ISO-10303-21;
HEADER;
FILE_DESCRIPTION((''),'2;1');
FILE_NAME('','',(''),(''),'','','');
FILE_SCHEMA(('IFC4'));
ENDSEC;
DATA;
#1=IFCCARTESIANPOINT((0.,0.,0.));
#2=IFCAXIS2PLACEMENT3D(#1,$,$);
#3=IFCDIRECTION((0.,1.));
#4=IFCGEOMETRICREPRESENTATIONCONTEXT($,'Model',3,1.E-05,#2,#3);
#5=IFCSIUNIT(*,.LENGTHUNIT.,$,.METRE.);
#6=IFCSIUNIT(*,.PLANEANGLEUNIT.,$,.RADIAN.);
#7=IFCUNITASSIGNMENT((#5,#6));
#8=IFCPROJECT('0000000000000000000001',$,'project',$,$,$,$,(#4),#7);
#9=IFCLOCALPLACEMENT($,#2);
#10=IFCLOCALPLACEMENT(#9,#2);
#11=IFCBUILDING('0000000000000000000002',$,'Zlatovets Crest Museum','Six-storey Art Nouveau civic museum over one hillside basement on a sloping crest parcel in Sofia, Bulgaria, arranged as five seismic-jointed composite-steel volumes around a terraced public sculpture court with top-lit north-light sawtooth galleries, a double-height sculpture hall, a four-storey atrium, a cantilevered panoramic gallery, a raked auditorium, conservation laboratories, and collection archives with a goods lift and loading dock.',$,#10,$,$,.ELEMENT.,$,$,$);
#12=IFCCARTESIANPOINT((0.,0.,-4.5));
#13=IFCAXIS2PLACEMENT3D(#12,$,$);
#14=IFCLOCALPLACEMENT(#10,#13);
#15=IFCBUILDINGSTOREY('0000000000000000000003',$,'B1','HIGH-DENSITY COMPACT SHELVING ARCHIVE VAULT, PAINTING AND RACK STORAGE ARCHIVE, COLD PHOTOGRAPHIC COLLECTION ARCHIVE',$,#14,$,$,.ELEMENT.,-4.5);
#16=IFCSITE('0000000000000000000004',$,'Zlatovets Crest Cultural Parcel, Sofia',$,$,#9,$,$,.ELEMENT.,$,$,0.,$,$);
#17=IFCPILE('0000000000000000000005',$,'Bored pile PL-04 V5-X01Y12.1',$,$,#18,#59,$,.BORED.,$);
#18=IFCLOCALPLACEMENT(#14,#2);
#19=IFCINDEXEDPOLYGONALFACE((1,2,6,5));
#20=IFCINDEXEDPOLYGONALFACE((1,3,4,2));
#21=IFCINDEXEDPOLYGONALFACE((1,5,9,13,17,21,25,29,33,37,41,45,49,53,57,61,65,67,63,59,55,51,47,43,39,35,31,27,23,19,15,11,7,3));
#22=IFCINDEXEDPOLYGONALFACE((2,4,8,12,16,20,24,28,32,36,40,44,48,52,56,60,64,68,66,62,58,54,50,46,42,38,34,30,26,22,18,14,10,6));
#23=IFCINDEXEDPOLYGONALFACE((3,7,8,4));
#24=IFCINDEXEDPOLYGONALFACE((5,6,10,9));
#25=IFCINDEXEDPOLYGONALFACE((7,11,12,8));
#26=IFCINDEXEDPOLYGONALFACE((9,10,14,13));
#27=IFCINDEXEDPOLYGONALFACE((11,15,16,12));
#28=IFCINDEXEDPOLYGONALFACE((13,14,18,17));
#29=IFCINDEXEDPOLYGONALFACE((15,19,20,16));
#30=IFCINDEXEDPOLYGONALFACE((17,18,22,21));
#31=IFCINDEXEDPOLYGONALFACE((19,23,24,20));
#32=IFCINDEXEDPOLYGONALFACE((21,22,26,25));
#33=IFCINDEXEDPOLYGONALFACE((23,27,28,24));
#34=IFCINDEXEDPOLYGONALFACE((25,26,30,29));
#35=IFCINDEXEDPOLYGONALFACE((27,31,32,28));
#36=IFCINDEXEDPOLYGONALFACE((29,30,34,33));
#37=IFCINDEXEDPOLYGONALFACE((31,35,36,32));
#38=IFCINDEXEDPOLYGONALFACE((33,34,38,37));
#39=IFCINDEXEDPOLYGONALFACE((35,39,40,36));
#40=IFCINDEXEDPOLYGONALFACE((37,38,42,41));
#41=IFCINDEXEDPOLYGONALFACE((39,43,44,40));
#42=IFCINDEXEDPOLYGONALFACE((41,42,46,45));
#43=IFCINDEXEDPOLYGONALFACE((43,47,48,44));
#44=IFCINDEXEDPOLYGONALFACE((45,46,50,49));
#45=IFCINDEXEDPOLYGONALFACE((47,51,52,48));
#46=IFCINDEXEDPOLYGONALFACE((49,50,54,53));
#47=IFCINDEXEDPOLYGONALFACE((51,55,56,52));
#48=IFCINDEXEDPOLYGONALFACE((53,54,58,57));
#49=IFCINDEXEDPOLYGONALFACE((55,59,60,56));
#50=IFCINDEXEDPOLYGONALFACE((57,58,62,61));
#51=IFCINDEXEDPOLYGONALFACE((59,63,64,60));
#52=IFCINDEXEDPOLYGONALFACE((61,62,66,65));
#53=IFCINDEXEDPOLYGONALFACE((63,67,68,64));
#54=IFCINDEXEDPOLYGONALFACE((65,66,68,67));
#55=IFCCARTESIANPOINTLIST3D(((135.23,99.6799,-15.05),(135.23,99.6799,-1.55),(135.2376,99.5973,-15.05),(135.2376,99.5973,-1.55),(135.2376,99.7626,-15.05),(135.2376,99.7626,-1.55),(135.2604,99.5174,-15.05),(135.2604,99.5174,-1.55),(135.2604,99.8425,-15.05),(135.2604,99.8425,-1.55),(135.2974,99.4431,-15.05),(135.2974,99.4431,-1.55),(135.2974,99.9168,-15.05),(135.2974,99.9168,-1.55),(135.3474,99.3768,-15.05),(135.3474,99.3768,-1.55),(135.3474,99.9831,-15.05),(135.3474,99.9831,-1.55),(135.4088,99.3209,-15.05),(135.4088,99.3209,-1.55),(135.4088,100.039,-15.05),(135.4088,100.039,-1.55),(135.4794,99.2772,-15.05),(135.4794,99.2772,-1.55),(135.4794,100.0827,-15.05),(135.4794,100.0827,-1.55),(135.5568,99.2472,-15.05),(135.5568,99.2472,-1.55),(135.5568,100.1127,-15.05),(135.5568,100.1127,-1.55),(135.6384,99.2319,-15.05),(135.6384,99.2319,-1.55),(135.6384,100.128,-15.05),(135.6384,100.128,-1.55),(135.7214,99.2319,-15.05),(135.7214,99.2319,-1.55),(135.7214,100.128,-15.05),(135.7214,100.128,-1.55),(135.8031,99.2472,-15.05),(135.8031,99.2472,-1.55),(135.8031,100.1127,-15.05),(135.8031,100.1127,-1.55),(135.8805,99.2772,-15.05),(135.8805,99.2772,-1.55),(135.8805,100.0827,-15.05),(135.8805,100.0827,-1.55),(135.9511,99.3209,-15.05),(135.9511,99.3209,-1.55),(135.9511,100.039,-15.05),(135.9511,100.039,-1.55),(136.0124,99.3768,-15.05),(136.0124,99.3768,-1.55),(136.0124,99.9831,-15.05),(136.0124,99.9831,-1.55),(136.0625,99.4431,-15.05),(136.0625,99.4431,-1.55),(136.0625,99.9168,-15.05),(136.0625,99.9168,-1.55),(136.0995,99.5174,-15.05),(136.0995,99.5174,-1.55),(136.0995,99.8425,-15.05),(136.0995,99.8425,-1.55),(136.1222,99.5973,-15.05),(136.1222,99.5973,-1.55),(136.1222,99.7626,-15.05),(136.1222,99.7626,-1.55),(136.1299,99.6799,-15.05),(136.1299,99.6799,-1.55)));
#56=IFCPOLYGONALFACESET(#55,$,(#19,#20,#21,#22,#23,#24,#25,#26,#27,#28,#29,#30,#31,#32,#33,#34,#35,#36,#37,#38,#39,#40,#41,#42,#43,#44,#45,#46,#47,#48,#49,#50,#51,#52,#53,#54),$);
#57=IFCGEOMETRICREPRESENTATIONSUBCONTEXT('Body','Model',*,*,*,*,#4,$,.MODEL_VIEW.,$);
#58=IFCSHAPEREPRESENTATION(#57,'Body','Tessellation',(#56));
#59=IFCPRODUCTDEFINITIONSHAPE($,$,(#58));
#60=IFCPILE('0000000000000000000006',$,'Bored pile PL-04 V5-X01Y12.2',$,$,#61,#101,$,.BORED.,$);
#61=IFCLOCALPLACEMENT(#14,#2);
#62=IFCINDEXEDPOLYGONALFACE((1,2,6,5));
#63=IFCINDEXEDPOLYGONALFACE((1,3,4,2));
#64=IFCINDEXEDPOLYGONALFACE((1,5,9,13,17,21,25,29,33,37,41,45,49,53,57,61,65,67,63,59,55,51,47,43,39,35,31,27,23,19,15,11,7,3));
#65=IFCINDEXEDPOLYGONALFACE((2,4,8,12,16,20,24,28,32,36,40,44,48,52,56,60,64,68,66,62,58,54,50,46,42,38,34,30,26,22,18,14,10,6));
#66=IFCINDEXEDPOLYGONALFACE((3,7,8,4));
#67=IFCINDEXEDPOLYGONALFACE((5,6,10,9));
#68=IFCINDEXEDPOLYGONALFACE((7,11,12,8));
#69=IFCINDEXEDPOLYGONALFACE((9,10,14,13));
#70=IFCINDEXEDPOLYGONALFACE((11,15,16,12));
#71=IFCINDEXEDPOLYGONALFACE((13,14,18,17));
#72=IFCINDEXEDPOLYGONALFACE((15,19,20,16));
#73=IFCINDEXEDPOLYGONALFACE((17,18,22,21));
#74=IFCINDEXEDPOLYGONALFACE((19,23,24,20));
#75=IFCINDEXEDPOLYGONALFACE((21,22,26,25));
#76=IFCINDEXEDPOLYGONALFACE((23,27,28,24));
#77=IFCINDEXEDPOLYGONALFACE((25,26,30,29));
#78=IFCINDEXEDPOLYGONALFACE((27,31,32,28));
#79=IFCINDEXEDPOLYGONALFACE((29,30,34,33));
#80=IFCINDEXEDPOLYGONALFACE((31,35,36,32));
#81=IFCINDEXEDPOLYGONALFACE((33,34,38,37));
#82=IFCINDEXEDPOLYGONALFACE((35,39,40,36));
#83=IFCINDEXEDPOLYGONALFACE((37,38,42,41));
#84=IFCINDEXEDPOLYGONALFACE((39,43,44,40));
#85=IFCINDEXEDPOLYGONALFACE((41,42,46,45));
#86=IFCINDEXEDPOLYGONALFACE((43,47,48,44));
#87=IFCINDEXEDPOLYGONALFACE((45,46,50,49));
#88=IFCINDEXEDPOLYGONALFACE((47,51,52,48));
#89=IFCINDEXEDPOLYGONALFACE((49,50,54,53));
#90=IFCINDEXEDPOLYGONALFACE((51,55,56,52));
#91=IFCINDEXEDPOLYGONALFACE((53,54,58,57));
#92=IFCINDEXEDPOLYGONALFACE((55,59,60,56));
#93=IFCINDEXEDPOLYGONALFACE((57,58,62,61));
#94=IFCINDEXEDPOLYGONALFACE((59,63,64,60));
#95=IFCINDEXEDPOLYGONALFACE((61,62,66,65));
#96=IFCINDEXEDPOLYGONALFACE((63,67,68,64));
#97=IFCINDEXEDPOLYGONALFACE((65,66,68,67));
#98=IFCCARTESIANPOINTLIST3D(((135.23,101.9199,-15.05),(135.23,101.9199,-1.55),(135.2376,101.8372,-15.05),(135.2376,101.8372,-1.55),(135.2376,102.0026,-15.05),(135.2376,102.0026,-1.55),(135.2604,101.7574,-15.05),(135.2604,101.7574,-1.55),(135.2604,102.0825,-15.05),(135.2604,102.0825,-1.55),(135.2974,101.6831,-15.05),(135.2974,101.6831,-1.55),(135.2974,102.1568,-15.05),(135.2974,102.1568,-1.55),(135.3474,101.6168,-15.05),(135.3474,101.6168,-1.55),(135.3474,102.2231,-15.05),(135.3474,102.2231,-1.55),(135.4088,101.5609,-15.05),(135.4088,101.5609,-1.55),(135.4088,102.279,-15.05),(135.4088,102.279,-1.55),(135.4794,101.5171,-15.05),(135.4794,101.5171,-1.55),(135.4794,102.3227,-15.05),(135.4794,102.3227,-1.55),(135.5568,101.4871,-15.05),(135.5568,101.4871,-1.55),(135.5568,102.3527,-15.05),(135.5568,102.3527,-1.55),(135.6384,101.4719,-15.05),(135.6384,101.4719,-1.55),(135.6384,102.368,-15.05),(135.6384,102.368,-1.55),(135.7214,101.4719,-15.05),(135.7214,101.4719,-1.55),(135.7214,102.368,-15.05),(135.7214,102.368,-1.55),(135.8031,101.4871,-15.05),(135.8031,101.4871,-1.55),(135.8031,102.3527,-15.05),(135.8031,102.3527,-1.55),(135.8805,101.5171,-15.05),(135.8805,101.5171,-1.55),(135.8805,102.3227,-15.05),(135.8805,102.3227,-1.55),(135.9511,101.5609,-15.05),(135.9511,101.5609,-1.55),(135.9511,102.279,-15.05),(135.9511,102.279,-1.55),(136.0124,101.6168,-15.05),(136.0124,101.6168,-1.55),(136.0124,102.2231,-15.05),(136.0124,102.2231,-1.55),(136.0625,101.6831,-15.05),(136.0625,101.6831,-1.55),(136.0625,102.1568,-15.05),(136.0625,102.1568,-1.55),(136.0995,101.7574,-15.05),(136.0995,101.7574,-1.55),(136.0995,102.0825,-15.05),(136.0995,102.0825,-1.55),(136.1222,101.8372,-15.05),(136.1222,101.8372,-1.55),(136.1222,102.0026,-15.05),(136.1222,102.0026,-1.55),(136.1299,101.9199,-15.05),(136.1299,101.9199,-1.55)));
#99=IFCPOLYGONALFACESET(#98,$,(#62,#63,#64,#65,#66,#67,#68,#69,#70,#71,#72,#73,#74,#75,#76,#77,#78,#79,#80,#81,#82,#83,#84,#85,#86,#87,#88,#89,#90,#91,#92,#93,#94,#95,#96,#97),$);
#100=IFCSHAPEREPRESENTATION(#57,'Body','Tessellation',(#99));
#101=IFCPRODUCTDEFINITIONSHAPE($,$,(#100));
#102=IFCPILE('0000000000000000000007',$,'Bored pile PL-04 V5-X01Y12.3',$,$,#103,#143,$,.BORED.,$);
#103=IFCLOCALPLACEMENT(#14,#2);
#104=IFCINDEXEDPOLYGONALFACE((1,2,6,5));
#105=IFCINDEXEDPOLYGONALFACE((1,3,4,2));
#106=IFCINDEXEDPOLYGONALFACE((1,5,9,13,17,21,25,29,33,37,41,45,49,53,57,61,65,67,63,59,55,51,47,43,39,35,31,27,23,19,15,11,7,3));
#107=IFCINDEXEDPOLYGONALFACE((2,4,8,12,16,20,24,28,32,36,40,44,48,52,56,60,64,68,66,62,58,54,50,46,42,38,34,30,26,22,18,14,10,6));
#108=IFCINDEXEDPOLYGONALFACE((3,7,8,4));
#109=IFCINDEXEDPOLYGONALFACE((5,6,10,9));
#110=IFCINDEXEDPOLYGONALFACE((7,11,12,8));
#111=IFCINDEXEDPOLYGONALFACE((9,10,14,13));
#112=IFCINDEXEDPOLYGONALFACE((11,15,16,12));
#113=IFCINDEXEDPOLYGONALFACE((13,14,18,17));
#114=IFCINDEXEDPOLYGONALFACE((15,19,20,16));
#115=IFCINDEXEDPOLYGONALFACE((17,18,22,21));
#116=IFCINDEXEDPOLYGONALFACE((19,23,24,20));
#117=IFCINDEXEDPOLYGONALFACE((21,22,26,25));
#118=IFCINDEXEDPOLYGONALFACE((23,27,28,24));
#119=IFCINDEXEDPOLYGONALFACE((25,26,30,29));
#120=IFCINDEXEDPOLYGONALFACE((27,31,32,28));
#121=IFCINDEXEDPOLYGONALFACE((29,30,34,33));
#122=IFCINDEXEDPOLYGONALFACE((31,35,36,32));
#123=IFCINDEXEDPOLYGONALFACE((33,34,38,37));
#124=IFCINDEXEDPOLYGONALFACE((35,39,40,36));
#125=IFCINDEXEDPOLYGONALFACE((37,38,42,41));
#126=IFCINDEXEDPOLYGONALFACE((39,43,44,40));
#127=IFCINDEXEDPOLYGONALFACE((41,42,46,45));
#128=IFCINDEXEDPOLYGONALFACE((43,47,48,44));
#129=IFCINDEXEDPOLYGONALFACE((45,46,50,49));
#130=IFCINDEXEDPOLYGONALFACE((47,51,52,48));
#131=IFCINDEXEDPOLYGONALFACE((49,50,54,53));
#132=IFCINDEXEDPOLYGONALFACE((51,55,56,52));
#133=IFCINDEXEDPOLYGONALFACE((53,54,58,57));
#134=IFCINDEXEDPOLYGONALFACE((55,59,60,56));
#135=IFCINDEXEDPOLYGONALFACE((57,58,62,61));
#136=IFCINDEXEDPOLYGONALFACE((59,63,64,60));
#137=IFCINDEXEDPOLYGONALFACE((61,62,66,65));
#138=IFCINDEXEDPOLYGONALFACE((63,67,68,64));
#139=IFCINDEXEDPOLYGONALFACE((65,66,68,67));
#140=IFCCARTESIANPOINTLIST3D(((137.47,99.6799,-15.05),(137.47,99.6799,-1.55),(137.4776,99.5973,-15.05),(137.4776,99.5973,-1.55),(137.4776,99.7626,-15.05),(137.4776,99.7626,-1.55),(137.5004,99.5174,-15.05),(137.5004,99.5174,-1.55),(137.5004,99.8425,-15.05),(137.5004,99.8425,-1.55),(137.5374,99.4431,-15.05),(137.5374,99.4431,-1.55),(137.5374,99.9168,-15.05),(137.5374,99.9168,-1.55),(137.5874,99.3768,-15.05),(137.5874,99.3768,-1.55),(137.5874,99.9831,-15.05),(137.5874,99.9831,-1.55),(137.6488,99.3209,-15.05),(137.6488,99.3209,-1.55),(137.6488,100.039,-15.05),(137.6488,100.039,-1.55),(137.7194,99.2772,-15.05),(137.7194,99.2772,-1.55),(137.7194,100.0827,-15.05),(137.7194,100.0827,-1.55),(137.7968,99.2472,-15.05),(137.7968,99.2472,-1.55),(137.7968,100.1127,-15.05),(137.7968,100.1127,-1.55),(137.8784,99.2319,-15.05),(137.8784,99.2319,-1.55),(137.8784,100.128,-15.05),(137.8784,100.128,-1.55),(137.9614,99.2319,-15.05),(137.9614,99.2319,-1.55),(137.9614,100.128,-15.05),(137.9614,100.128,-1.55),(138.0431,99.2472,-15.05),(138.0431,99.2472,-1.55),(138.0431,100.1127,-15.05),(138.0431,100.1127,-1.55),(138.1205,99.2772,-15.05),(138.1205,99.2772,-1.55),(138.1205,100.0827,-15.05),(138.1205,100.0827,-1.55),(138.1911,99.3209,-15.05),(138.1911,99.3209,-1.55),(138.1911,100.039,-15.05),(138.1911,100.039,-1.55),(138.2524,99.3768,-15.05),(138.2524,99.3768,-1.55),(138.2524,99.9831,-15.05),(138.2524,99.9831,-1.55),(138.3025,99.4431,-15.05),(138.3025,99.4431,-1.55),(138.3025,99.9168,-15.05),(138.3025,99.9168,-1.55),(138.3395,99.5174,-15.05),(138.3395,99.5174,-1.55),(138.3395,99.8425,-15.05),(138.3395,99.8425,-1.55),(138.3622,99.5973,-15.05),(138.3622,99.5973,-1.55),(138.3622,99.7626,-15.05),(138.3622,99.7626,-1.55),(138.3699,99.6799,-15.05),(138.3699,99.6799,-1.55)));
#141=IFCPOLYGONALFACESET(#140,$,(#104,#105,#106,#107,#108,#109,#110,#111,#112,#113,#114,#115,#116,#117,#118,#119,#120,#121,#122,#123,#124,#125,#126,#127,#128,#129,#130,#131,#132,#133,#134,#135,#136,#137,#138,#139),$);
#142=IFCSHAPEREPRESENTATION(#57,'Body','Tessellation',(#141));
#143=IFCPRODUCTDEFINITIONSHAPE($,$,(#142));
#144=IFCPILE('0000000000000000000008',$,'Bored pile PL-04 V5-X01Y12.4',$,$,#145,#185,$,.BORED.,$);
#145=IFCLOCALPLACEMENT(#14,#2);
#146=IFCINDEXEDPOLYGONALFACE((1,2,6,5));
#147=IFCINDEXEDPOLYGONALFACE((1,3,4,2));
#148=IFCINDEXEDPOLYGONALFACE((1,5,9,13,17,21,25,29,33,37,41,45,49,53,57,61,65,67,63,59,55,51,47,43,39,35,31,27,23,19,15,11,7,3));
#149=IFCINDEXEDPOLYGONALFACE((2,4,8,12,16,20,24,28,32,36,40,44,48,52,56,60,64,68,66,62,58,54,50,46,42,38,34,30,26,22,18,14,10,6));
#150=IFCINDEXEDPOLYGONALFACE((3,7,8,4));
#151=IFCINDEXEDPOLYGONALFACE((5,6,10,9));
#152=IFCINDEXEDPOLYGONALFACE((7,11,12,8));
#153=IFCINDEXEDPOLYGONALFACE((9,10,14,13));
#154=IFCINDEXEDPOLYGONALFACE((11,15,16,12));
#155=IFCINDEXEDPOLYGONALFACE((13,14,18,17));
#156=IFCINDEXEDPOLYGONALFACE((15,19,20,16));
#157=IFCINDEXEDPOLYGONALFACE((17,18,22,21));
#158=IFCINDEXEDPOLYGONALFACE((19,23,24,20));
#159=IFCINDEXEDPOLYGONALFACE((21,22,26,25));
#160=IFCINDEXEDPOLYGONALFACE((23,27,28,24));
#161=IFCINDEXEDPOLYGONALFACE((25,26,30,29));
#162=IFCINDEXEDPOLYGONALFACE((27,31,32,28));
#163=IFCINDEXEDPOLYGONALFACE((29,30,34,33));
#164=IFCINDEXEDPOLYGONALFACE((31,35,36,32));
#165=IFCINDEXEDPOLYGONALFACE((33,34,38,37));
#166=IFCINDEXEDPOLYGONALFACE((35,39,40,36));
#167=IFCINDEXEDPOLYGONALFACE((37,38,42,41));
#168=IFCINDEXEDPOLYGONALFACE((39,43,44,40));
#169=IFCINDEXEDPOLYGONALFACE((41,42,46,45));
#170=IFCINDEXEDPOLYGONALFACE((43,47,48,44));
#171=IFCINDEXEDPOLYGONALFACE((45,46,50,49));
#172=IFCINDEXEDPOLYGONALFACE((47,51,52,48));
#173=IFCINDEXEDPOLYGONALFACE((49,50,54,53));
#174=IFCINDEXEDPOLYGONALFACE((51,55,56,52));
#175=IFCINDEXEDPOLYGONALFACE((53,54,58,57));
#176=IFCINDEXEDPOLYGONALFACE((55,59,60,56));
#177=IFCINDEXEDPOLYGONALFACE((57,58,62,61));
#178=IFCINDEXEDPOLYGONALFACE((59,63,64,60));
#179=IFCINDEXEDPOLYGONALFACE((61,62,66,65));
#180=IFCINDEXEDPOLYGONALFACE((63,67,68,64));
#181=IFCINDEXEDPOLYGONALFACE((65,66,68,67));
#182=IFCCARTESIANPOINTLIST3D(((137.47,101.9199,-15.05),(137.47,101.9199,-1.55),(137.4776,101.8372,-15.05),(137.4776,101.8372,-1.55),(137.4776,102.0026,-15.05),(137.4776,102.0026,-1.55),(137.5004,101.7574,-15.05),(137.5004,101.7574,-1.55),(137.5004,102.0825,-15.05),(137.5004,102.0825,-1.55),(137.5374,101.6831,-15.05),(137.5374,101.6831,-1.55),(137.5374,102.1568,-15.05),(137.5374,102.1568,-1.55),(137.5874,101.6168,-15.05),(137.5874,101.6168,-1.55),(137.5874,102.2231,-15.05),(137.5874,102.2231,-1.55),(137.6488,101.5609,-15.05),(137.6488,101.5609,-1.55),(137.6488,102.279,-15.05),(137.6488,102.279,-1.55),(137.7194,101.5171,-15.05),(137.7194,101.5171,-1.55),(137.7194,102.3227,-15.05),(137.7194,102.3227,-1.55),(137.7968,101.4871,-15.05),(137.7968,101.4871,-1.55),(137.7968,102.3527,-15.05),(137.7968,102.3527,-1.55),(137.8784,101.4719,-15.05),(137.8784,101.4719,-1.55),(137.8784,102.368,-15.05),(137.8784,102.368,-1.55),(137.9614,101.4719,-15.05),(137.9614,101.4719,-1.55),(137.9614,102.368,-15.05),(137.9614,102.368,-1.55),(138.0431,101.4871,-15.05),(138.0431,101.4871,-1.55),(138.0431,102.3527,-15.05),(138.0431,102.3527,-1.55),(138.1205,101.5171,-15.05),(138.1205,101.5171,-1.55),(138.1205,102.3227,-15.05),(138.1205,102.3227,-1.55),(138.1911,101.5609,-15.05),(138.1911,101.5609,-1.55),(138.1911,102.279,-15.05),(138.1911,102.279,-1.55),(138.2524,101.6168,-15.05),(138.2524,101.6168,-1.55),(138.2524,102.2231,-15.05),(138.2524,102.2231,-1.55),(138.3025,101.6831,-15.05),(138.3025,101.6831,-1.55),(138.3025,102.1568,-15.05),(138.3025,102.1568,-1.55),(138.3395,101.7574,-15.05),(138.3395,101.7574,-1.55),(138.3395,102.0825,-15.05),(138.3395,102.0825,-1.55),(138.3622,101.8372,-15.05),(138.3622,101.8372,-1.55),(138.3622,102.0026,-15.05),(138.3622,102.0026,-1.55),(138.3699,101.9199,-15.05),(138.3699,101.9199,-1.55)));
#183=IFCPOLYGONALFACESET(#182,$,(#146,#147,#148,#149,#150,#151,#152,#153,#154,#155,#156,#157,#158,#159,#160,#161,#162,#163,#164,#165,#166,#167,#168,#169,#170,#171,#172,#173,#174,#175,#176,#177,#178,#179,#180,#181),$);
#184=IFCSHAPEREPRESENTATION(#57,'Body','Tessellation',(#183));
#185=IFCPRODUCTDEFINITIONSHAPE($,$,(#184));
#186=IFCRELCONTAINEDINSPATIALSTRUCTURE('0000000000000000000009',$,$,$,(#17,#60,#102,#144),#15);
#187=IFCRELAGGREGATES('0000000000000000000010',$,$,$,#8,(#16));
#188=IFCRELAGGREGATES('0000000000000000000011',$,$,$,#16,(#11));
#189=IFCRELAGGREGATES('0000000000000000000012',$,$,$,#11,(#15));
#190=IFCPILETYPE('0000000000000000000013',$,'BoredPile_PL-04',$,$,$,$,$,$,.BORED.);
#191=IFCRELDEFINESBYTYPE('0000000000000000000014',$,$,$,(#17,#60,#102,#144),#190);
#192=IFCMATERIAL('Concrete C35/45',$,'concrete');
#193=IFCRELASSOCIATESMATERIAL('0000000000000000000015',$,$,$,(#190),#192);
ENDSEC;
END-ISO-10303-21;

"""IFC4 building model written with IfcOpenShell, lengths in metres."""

from ifc_helpers import new_model, si_unit, direction, frame, origin, origin_2d, place, context, subcontext, project, spatial, circle, extrude, material, material_profile, profile_set, type_object, element, save


model = new_model("IFC4")

# Units and contexts
model_context = context("Model", 3, precision=1e-05, world=origin(), true_north=direction((0.0, 1.0)))
body_context = subcontext(model_context, "Body", "Model", "MODEL_VIEW")
ifc_project = project(units=[si_unit("LENGTHUNIT", "METRE"), si_unit("PLANEANGLEUNIT", "RADIAN")], contexts=[model_context])

# Site, building, storey
site_placement = place(None, origin())
site = spatial("IfcSite", under=ifc_project, at=site_placement, Name="Zlatovets Crest Cultural Parcel, Sofia", CompositionType="ELEMENT", RefElevation=0.0)
building_placement = place(site_placement, origin())
building = spatial("IfcBuilding", under=site, at=building_placement, Name="Zlatovets Crest Museum", Description="Six-storey Art Nouveau civic museum over one hillside basement on a sloping crest parcel in Sofia, Bulgaria, arranged as five seismic-jointed composite-steel volumes around a terraced public sculpture court with top-lit north-light sawtooth galleries, a double-height sculpture hall, a four-storey atrium, a cantilevered panoramic gallery, a raked auditorium, conservation laboratories, and collection archives with a goods lift and loading dock.", CompositionType="ELEMENT")
storey_placement = place(building_placement, frame((0.0, 0.0, -4.5)))
storey = spatial("IfcBuildingStorey", under=building, at=storey_placement, Name="B1", Description="HIGH-DENSITY COMPACT SHELVING ARCHIVE VAULT, PAINTING AND RACK STORAGE ARCHIVE, COLD PHOTOGRAPHIC COLLECTION ARCHIVE", CompositionType="ELEMENT", Elevation=-4.5)

# Piles
ifc_material_1 = material(Name="Concrete C35/45", Category="concrete")
ifc_material_profile_1 = material_profile(ifc_material_1, circle(Radius=0.45, at=origin_2d()), Name="PILE D900")
ifc_profile_set_1 = profile_set([ifc_material_profile_1], Name="Concrete C35/45")
pile_type = type_object("IfcPileType", Name="BoredPile_PL-04", PredefinedType="BORED", material=ifc_profile_set_1)
for number, where, z_axis, x_axis, name in (
    (1, (135.6799, 99.6799, -1.55), (0.0, 0.0, -1.0), (1.0, 0.0, 0.0), "Bored pile PL-04 V5-X01Y12.1"),
    (2, (135.6799, 101.9199, -1.55), (0.0, 0.0, -1.0), (1.0, 0.0, 0.0), "Bored pile PL-04 V5-X01Y12.2"),
    (3, (137.9199, 99.6799, -1.55), (0.0, 0.0, -1.0), (1.0, 0.0, 0.0), "Bored pile PL-04 V5-X01Y12.3"),
    (4, (137.9199, 101.9199, -1.55), (0.0, 0.0, -1.0), (1.0, 0.0, 0.0), "Bored pile PL-04 V5-X01Y12.4"),
):
    element("IfcPile", number, at=place(storey_placement, frame(where, z_axis=z_axis, x_axis=x_axis)), inside=storey, type_object=pile_type, Name=name, PredefinedType="BORED", context=body_context, shape_type="SweptSolid", body=[
        extrude(circle(Radius=0.45, at=origin_2d()), origin(), (0.0, 0.0, 1.0), 13.5),
    ])

save(model, "model.ifc")
